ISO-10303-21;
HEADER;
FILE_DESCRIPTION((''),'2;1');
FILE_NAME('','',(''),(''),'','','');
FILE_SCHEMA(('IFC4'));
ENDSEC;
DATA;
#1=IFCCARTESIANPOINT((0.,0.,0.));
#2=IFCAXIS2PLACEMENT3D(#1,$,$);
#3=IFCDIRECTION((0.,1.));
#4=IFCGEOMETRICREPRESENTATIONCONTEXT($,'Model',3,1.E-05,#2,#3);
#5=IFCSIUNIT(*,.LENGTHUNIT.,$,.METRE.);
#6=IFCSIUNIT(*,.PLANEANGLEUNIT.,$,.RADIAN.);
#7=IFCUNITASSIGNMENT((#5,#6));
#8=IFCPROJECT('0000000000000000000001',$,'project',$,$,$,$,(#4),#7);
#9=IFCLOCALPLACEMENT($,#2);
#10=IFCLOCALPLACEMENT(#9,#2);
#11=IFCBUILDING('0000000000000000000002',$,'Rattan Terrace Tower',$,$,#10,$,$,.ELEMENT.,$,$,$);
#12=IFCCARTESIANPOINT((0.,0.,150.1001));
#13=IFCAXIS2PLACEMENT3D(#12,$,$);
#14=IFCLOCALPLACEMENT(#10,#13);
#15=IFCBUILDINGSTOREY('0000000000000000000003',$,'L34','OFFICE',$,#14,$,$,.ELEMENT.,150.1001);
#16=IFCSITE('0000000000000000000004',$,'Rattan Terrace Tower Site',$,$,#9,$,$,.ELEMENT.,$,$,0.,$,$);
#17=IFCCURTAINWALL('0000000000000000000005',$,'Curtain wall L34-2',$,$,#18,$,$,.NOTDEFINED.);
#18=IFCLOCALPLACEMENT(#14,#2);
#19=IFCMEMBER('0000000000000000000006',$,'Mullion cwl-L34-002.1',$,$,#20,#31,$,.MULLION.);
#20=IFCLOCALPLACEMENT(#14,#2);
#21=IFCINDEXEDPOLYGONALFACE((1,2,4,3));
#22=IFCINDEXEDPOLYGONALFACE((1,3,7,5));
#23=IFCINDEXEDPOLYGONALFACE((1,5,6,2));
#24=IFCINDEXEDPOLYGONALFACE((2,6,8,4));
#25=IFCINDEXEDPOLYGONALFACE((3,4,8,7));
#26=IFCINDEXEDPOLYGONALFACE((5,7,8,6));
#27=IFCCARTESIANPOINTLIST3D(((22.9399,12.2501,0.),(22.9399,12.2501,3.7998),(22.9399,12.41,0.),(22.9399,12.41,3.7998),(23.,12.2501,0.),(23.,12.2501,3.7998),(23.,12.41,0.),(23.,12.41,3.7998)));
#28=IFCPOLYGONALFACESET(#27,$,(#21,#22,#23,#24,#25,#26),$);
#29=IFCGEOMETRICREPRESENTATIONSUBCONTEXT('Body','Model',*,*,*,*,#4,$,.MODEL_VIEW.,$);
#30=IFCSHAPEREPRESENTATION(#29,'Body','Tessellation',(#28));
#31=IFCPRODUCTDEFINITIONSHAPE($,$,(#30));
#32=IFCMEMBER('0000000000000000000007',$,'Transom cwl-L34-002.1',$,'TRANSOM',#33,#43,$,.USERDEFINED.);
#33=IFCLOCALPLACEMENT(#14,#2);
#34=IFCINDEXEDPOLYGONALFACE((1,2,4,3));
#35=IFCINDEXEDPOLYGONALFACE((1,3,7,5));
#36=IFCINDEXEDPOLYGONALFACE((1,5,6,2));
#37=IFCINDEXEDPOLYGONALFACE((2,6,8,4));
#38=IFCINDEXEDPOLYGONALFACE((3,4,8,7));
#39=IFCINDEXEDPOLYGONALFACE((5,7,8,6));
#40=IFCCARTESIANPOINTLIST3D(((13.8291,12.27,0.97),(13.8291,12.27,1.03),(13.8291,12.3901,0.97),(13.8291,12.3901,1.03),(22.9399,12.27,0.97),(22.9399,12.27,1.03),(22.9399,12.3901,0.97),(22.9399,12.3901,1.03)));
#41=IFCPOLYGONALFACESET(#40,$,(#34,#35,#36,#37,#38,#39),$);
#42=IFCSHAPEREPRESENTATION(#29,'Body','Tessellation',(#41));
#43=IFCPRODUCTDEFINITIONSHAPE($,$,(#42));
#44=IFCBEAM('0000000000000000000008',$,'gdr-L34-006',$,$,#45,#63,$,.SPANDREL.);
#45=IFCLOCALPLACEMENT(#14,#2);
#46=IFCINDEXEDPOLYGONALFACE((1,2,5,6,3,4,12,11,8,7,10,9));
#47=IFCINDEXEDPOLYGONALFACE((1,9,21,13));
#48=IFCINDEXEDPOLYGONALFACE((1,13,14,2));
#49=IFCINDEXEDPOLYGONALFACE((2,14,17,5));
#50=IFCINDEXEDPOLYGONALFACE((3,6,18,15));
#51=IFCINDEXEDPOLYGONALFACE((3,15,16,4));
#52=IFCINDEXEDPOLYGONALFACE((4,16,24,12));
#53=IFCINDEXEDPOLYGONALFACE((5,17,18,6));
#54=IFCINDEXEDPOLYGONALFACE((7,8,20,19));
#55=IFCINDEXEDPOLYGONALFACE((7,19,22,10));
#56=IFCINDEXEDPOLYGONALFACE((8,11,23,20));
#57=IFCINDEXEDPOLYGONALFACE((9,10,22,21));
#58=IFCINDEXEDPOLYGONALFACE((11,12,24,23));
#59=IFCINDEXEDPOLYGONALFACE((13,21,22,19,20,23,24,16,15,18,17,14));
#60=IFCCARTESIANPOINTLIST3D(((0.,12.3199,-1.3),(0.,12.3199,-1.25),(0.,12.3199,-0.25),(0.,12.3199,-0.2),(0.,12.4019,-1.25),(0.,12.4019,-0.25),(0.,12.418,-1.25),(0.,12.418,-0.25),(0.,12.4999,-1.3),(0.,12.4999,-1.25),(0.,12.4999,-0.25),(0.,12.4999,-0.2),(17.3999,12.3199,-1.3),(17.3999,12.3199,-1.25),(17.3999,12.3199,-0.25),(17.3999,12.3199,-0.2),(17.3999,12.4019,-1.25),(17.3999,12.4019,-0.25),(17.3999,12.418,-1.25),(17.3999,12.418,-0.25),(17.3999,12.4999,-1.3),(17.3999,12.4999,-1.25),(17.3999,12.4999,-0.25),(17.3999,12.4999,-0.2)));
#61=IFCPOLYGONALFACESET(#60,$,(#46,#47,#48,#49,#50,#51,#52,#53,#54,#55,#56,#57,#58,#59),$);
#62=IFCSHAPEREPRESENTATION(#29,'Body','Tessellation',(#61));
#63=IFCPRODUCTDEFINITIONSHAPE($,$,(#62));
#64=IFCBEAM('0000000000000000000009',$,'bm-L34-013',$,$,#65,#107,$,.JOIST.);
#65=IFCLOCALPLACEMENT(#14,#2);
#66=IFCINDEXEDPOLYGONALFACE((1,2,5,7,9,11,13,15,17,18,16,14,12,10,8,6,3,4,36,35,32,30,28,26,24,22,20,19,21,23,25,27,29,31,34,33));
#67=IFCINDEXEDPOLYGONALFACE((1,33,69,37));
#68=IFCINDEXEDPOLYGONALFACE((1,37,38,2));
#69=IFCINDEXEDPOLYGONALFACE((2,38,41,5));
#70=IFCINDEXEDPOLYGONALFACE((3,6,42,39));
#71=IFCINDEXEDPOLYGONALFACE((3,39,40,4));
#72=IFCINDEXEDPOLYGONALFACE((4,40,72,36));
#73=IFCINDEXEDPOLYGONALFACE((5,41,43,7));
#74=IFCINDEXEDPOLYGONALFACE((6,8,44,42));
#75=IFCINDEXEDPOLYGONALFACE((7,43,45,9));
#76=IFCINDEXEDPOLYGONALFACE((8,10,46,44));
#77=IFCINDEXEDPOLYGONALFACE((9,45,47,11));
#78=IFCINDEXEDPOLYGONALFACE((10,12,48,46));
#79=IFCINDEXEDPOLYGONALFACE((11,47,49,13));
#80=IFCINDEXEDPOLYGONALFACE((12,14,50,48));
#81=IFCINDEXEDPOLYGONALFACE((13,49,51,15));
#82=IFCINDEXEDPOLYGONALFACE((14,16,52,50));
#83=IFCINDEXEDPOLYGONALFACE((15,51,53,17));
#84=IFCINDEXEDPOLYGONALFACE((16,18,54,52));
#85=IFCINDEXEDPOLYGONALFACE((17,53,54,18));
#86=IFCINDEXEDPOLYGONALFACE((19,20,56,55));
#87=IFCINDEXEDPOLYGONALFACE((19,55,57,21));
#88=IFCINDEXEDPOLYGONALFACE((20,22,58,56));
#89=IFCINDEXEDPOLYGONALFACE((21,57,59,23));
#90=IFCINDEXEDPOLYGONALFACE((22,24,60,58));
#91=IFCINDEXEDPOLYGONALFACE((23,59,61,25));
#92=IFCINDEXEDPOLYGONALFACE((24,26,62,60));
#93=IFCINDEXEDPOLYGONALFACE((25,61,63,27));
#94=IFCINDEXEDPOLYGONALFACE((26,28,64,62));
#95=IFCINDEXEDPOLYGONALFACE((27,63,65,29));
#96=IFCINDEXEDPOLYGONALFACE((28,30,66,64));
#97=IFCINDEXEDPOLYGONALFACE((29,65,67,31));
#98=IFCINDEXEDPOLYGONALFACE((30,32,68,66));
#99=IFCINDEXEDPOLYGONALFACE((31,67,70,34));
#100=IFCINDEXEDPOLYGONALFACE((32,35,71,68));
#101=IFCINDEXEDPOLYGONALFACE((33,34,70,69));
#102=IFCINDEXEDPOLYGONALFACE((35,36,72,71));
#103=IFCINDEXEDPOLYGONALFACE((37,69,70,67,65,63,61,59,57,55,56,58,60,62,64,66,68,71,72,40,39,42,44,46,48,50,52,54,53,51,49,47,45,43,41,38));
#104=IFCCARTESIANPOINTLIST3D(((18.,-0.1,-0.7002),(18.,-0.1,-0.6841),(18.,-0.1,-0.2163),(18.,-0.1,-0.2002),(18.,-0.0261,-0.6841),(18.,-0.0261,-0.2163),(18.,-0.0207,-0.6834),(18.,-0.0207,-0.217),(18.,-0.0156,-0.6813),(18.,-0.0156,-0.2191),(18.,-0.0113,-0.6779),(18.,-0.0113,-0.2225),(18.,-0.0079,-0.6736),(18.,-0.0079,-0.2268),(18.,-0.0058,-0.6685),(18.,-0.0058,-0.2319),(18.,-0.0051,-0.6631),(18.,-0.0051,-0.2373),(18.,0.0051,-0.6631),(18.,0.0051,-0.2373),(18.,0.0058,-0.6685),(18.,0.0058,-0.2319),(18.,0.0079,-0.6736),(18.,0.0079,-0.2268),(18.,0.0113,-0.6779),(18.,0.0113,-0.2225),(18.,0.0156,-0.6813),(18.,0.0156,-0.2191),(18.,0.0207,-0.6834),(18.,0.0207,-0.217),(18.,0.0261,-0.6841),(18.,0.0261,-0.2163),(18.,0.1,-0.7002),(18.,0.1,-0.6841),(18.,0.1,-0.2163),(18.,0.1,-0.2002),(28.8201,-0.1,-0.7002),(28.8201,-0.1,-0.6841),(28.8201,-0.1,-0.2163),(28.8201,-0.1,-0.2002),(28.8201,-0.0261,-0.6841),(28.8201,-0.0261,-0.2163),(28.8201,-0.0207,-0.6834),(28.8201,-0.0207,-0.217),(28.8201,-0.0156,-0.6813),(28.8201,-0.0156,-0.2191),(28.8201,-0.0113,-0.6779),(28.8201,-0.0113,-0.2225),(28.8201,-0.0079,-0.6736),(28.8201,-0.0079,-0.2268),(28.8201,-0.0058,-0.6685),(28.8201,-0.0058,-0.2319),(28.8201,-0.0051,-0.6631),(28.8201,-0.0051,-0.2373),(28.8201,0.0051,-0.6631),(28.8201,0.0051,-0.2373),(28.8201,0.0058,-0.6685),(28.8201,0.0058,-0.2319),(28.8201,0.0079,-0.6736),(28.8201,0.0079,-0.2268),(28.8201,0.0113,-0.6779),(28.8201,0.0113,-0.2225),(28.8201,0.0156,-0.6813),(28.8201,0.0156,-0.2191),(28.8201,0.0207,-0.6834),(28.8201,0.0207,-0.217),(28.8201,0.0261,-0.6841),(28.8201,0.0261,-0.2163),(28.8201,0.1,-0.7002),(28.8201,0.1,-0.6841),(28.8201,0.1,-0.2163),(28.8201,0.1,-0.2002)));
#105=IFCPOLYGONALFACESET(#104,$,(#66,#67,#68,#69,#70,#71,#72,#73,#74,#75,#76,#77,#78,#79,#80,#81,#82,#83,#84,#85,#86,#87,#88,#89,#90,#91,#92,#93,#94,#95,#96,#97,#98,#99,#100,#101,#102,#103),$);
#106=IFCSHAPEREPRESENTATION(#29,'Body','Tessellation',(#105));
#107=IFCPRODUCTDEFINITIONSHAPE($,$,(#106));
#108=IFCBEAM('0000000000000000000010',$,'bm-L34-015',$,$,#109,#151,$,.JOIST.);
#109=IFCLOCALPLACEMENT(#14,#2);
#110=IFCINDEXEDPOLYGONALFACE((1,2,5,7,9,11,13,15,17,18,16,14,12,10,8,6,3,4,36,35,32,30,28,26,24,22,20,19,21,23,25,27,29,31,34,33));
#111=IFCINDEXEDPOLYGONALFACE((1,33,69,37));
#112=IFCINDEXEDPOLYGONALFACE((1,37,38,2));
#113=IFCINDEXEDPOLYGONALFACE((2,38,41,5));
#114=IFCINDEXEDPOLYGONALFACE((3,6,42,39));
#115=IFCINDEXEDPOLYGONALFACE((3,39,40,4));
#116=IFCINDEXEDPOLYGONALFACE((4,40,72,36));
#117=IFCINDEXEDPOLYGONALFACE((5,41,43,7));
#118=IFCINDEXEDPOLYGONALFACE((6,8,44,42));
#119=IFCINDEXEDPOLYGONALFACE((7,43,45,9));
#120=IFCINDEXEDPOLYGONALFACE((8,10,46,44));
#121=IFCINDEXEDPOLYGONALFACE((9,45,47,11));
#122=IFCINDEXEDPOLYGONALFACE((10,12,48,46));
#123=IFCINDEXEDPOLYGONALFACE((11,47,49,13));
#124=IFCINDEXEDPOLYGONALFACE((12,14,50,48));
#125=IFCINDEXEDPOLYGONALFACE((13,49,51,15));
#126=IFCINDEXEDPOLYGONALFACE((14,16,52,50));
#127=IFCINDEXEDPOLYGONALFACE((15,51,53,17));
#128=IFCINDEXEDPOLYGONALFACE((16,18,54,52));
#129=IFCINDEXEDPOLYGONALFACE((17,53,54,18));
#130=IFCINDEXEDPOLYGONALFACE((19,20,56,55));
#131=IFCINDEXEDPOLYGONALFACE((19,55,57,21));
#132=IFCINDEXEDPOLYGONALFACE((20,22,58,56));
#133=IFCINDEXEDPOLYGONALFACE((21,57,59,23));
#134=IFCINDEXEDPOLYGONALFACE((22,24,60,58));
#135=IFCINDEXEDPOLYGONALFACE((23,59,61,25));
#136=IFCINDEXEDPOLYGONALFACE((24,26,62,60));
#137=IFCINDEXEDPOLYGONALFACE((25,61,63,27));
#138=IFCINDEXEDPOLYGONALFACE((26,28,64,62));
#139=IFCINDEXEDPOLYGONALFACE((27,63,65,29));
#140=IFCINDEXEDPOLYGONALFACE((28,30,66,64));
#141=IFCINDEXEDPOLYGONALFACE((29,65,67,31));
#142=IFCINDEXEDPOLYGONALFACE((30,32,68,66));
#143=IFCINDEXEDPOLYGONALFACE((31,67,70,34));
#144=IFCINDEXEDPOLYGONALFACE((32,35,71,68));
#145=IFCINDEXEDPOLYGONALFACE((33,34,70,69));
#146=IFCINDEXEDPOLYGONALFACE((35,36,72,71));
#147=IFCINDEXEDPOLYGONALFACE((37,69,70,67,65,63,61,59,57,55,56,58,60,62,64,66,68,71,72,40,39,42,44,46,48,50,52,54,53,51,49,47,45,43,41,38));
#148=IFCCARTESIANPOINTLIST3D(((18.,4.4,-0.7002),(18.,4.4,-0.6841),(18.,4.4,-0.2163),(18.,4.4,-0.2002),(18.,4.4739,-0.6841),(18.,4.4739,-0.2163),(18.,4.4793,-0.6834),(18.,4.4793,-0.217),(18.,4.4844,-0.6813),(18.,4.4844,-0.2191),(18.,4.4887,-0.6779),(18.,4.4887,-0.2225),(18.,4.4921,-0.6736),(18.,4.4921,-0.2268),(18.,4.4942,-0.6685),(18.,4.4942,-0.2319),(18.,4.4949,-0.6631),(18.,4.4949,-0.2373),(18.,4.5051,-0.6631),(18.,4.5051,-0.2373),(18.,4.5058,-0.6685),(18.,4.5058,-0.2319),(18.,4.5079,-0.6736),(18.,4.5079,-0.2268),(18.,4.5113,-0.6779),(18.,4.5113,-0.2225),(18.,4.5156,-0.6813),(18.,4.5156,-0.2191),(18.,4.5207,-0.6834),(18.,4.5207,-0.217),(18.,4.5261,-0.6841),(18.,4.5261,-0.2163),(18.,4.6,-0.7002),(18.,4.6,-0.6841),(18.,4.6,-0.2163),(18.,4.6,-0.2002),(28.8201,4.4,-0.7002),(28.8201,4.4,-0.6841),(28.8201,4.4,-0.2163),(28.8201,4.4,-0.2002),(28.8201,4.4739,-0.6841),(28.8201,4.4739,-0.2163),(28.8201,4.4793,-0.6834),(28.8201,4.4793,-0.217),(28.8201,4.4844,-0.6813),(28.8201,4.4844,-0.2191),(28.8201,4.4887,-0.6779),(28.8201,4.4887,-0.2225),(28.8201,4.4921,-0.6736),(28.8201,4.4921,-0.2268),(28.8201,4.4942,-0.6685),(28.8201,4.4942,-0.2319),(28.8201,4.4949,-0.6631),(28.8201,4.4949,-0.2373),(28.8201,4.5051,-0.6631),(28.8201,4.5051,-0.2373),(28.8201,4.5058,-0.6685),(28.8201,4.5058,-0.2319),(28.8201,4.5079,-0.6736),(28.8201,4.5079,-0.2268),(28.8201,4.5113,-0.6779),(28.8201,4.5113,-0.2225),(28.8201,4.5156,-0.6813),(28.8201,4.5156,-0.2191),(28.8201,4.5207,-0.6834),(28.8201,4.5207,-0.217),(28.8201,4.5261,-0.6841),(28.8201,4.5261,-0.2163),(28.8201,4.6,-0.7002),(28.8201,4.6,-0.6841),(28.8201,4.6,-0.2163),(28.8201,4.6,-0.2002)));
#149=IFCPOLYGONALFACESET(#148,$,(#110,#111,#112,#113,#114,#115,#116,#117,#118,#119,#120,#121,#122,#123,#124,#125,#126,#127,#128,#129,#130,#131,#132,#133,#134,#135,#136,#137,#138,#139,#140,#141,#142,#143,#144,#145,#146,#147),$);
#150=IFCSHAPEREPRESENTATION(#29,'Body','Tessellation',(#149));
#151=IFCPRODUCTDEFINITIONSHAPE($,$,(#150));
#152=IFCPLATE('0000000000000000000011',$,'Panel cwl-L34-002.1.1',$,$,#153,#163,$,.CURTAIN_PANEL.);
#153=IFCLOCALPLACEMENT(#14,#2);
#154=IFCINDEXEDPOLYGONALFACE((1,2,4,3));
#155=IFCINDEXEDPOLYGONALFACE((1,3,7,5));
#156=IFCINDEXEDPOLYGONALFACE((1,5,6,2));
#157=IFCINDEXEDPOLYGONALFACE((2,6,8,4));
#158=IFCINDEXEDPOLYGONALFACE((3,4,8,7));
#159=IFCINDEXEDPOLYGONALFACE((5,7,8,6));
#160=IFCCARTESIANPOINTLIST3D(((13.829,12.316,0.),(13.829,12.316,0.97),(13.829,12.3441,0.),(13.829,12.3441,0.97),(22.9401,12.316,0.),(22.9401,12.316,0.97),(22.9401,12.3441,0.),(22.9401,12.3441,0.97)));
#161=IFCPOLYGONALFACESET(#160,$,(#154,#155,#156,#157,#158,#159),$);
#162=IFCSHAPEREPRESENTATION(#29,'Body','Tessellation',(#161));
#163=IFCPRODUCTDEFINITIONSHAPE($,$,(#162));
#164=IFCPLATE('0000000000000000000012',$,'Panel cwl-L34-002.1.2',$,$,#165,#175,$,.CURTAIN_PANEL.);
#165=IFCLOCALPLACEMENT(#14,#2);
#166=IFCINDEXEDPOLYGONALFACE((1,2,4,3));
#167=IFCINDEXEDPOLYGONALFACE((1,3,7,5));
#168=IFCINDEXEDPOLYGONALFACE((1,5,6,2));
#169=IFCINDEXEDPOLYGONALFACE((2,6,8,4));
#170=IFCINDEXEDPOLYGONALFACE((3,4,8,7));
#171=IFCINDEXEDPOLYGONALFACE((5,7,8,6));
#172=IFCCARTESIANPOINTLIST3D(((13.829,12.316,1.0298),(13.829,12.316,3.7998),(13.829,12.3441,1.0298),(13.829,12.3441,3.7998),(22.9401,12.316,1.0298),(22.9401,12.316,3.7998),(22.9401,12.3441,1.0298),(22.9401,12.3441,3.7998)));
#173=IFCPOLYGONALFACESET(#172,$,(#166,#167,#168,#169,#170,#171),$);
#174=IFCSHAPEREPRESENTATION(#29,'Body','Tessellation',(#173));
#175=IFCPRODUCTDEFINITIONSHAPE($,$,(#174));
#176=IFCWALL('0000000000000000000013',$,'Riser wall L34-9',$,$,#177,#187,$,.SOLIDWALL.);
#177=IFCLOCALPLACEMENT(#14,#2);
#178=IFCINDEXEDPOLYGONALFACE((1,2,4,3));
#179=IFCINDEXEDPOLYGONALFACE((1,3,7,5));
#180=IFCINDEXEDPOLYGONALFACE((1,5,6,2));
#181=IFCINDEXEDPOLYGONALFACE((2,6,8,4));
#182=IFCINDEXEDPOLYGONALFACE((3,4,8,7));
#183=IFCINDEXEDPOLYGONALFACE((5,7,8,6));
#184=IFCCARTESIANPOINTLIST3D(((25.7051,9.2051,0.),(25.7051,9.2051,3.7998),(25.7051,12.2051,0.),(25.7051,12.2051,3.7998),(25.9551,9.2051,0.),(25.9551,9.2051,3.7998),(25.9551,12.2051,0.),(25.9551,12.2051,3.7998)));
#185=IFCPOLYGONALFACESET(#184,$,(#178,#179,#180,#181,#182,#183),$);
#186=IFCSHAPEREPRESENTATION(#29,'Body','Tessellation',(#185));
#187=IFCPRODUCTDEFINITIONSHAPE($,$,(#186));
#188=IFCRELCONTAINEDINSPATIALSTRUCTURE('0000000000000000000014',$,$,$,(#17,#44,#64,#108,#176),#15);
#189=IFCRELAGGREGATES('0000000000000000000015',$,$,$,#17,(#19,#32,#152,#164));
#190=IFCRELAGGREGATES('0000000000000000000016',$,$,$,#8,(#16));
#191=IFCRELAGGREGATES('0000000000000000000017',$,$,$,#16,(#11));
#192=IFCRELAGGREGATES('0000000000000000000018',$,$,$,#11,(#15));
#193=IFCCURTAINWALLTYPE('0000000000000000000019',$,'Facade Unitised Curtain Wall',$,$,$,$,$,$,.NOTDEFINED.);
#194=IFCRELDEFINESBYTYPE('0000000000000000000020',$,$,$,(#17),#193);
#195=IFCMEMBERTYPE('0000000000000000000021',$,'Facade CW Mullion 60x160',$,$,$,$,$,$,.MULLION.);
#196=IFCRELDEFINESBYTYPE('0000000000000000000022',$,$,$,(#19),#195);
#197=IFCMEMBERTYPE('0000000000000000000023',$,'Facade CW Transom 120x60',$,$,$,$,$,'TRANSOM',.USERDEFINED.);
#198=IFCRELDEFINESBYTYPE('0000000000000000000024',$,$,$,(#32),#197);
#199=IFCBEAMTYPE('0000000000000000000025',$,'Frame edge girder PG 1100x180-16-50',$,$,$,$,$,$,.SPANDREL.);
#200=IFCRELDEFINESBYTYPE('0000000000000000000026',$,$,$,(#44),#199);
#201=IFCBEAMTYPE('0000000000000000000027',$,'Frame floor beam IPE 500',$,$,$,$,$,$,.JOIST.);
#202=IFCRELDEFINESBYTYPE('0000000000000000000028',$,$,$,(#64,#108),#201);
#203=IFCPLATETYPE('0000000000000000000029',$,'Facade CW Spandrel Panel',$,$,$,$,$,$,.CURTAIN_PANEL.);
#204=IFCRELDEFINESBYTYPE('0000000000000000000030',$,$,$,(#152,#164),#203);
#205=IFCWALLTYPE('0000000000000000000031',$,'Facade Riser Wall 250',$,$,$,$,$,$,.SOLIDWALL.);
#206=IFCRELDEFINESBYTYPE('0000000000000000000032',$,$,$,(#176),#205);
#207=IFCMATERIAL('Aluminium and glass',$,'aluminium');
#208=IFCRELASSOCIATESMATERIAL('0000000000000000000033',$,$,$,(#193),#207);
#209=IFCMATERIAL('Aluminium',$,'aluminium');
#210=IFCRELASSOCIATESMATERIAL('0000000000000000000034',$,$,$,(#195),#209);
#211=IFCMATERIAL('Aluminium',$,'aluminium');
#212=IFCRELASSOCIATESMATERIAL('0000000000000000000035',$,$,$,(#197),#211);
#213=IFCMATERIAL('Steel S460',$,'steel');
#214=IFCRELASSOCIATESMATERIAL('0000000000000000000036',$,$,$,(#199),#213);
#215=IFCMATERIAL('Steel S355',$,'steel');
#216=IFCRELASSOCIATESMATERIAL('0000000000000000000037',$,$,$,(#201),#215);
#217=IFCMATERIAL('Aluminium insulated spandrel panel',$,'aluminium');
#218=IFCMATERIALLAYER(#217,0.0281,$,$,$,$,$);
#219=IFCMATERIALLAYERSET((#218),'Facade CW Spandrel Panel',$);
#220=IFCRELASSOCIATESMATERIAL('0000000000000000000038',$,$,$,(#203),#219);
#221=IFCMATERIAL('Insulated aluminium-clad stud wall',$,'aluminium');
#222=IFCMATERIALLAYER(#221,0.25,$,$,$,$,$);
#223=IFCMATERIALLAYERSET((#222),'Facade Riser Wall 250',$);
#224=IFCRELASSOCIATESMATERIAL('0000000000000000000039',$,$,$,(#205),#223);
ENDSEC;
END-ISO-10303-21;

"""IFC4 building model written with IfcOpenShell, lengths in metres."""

from ifc_helpers import new_model, si_unit, direction, frame, frame_2d, origin, origin_2d, place, context, subcontext, project, spatial, rectangle, i_section, extrude, material, layer, layer_set, material_profile, profile_set, type_object, element, aggregate, save


model = new_model("IFC4")

# Units and contexts
model_context = context("Model", 3, precision=1e-05, world=origin(), true_north=direction((0.0, 1.0)))
body_context = subcontext(model_context, "Body", "Model", "MODEL_VIEW")
ifc_project = project(units=[si_unit("LENGTHUNIT", "METRE"), si_unit("PLANEANGLEUNIT", "RADIAN")], contexts=[model_context])

# Site, building, storey
site_placement = place(None, origin())
site = spatial("IfcSite", under=ifc_project, at=site_placement, Name="Rattan Terrace Tower Site", CompositionType="ELEMENT", RefElevation=0.0)
building_placement = place(site_placement, origin())
building = spatial("IfcBuilding", under=site, at=building_placement, Name="Rattan Terrace Tower", CompositionType="ELEMENT")
storey_placement = place(building_placement, frame((0.0, 0.0, 150.1001)))
storey = spatial("IfcBuildingStorey", under=building, at=storey_placement, Name="L34", Description="OFFICE", CompositionType="ELEMENT", Elevation=150.1001)

# Curtain wall, members
ifc_material_1 = material(Name="Aluminium and glass", Category="aluminium")
curtain_wall_type = type_object("IfcCurtainWallType", Name="Facade Unitised Curtain Wall", PredefinedType="NOTDEFINED", material=ifc_material_1)
curtain_wall_placement = place(storey_placement, origin())
curtain_wall = element("IfcCurtainWall", 1, at=curtain_wall_placement, inside=storey, type_object=curtain_wall_type, Name="Curtain wall L34-2", PredefinedType="NOTDEFINED")
ifc_material_2 = material(Name="Aluminium", Category="aluminium")
ifc_material_profile_1 = material_profile(ifc_material_2, rectangle(XDim=0.0601, YDim=0.1599, at=origin_2d()), Name="Aluminium 60x160")
ifc_profile_set_1 = profile_set([ifc_material_profile_1], Name="Aluminium")
member_type_1 = type_object("IfcMemberType", Name="Facade CW Mullion 60x160", PredefinedType="MULLION", material=ifc_profile_set_1)
member_1_placement = place(storey_placement, frame((22.97, 12.3301, 0.0), z_axis=(0.0, 0.0, 1.0), x_axis=(-1.0, 0.0, 0.0)))
member_1 = element("IfcMember", 2, at=member_1_placement, type_object=member_type_1, Name="Mullion cwl-L34-002.1", PredefinedType="MULLION", context=body_context, shape_type="SweptSolid", body=[
    extrude(rectangle(XDim=0.0601, YDim=0.1599, at=origin_2d()), origin(), (0.0, 0.0, 1.0), 3.7998),
])
ifc_material_3 = material(Name="Aluminium", Category="aluminium")
ifc_material_profile_2 = material_profile(ifc_material_3, rectangle(XDim=0.1201, YDim=0.0601, at=origin_2d()), Name="Aluminium 120x60")
ifc_profile_set_2 = profile_set([ifc_material_profile_2], Name="Aluminium")
member_type_2 = type_object("IfcMemberType", Name="Facade CW Transom 120x60", ElementType="TRANSOM", PredefinedType="USERDEFINED", material=ifc_profile_set_2)
member_2_placement = place(storey_placement, frame((22.9399, 12.3301, 1.0), z_axis=(-1.0, 0.0, 0.0), x_axis=(0.0, -1.0, 0.0)))
member_2 = element("IfcMember", 3, at=member_2_placement, type_object=member_type_2, Name="Transom cwl-L34-002.1", ObjectType="TRANSOM", PredefinedType="USERDEFINED", context=body_context, shape_type="SweptSolid", body=[
    extrude(rectangle(XDim=0.1201, YDim=0.0601, at=origin_2d()), origin(), (0.0, 0.0, 1.0), 9.1108),
])

# Beams
ifc_material_4 = material(Name="Steel S460", Category="steel")
ifc_material_profile_3 = material_profile(ifc_material_4, i_section(OverallWidth=0.1799, OverallDepth=1.1001, WebThickness=0.0161, FlangeThickness=0.05, at=origin_2d()), Name="PG 1100x180-16-50")
ifc_profile_set_3 = profile_set([ifc_material_profile_3], Name="Steel S460")
beam_type_1 = type_object("IfcBeamType", Name="Frame edge girder PG 1100x180-16-50", PredefinedType="SPANDREL", material=ifc_profile_set_3)
beam_placement = place(storey_placement, frame((17.3999, 12.4099, -0.75), z_axis=(-1.0, 0.0, 0.0), x_axis=(0.0, -1.0, 0.0)))
element("IfcBeam", 4, at=beam_placement, inside=storey, type_object=beam_type_1, Name="gdr-L34-006", PredefinedType="SPANDREL", context=body_context, shape_type="SweptSolid", body=[
    extrude(i_section(OverallWidth=0.1799, OverallDepth=1.1001, WebThickness=0.0161, FlangeThickness=0.05, at=origin_2d()), origin(), (0.0, 0.0, 1.0), 17.3999),
])
ifc_material_5 = material(Name="Steel S355", Category="steel")
ifc_material_profile_4 = material_profile(ifc_material_5, i_section(OverallWidth=0.2, OverallDepth=0.5, WebThickness=0.0103, FlangeThickness=0.0161, FilletRadius=0.021, at=origin_2d()), Name="IPE 500")
ifc_profile_set_4 = profile_set([ifc_material_profile_4], Name="Steel S355")
beam_type_2 = type_object("IfcBeamType", Name="Frame floor beam IPE 500", PredefinedType="JOIST", material=ifc_profile_set_4)
for number, where, z_axis, x_axis, name in (
    (5, (18.0, 0.0, -0.4502), (1.0, 0.0, 0.0), (0.0, 1.0, 0.0), "bm-L34-013"),
    (6, (18.0, 4.5, -0.4502), (1.0, 0.0, 0.0), (0.0, 1.0, 0.0), "bm-L34-015"),
):
    element("IfcBeam", number, at=place(storey_placement, frame(where, z_axis=z_axis, x_axis=x_axis)), inside=storey, type_object=beam_type_2, Name=name, PredefinedType="JOIST", context=body_context, shape_type="SweptSolid", body=[
        extrude(i_section(OverallWidth=0.2, OverallDepth=0.5, WebThickness=0.0103, FlangeThickness=0.0161, FilletRadius=0.021, at=origin_2d()), origin(), (0.0, 0.0, 1.0), 10.8201),
    ])

# Plates
ifc_material_6 = material(Name="Aluminium insulated spandrel panel", Category="aluminium")
ifc_layer_1 = layer(ifc_material_6, 0.0281)
ifc_layer_set_1 = layer_set([ifc_layer_1], Name="Facade CW Spandrel Panel")
plate_type = type_object("IfcPlateType", Name="Facade CW Spandrel Panel", PredefinedType="CURTAIN_PANEL", material=ifc_layer_set_1)
plate_1_placement = place(storey_placement, frame((18.3845, 12.3301, 0.0), z_axis=(0.0, 0.0, 1.0), x_axis=(-1.0, 0.0, 0.0)))
plate_1 = element("IfcPlate", 7, at=plate_1_placement, type_object=plate_type, Name="Panel cwl-L34-002.1.1", PredefinedType="CURTAIN_PANEL", context=body_context, shape_type="SweptSolid", body=[
    extrude(rectangle(XDim=9.1111, YDim=0.0281, at=origin_2d()), origin(), (0.0, 0.0, 1.0), 0.97),
])
plate_2_placement = place(storey_placement, frame((18.3845, 12.3301, 1.0298), z_axis=(0.0, 0.0, 1.0), x_axis=(-1.0, 0.0, 0.0)))
plate_2 = element("IfcPlate", 8, at=plate_2_placement, type_object=plate_type, Name="Panel cwl-L34-002.1.2", PredefinedType="CURTAIN_PANEL", context=body_context, shape_type="SweptSolid", body=[
    extrude(rectangle(XDim=9.1111, YDim=0.0281, at=origin_2d()), origin(), (0.0, 0.0, 1.0), 2.77),
])
aggregate(curtain_wall, [member_1, member_2, plate_1, plate_2])

# Wall
ifc_material_7 = material(Name="Insulated aluminium-clad stud wall", Category="aluminium")
ifc_layer_2 = layer(ifc_material_7, 0.25)
ifc_layer_set_2 = layer_set([ifc_layer_2], Name="Facade Riser Wall 250")
wall_type_1 = type_object("IfcWallType", Name="Facade Riser Wall 250", PredefinedType="SOLIDWALL", material=ifc_layer_set_2)
wall_1_placement = place(storey_placement, frame((25.8301, 9.2051, 0.0), z_axis=(0.0, 0.0, 1.0), x_axis=(0.0, 1.0, 0.0)))
element("IfcWall", 9, at=wall_1_placement, inside=storey, type_object=wall_type_1, Name="Riser wall L34-9", PredefinedType="SOLIDWALL", context=body_context, shape_type="SweptSolid", body=[
    extrude(rectangle(XDim=3.0, YDim=0.25, at=frame_2d((1.5, 0.0))), origin(), (0.0, 0.0, 1.0), 3.7998),
])

save(model, "model.ifc")
